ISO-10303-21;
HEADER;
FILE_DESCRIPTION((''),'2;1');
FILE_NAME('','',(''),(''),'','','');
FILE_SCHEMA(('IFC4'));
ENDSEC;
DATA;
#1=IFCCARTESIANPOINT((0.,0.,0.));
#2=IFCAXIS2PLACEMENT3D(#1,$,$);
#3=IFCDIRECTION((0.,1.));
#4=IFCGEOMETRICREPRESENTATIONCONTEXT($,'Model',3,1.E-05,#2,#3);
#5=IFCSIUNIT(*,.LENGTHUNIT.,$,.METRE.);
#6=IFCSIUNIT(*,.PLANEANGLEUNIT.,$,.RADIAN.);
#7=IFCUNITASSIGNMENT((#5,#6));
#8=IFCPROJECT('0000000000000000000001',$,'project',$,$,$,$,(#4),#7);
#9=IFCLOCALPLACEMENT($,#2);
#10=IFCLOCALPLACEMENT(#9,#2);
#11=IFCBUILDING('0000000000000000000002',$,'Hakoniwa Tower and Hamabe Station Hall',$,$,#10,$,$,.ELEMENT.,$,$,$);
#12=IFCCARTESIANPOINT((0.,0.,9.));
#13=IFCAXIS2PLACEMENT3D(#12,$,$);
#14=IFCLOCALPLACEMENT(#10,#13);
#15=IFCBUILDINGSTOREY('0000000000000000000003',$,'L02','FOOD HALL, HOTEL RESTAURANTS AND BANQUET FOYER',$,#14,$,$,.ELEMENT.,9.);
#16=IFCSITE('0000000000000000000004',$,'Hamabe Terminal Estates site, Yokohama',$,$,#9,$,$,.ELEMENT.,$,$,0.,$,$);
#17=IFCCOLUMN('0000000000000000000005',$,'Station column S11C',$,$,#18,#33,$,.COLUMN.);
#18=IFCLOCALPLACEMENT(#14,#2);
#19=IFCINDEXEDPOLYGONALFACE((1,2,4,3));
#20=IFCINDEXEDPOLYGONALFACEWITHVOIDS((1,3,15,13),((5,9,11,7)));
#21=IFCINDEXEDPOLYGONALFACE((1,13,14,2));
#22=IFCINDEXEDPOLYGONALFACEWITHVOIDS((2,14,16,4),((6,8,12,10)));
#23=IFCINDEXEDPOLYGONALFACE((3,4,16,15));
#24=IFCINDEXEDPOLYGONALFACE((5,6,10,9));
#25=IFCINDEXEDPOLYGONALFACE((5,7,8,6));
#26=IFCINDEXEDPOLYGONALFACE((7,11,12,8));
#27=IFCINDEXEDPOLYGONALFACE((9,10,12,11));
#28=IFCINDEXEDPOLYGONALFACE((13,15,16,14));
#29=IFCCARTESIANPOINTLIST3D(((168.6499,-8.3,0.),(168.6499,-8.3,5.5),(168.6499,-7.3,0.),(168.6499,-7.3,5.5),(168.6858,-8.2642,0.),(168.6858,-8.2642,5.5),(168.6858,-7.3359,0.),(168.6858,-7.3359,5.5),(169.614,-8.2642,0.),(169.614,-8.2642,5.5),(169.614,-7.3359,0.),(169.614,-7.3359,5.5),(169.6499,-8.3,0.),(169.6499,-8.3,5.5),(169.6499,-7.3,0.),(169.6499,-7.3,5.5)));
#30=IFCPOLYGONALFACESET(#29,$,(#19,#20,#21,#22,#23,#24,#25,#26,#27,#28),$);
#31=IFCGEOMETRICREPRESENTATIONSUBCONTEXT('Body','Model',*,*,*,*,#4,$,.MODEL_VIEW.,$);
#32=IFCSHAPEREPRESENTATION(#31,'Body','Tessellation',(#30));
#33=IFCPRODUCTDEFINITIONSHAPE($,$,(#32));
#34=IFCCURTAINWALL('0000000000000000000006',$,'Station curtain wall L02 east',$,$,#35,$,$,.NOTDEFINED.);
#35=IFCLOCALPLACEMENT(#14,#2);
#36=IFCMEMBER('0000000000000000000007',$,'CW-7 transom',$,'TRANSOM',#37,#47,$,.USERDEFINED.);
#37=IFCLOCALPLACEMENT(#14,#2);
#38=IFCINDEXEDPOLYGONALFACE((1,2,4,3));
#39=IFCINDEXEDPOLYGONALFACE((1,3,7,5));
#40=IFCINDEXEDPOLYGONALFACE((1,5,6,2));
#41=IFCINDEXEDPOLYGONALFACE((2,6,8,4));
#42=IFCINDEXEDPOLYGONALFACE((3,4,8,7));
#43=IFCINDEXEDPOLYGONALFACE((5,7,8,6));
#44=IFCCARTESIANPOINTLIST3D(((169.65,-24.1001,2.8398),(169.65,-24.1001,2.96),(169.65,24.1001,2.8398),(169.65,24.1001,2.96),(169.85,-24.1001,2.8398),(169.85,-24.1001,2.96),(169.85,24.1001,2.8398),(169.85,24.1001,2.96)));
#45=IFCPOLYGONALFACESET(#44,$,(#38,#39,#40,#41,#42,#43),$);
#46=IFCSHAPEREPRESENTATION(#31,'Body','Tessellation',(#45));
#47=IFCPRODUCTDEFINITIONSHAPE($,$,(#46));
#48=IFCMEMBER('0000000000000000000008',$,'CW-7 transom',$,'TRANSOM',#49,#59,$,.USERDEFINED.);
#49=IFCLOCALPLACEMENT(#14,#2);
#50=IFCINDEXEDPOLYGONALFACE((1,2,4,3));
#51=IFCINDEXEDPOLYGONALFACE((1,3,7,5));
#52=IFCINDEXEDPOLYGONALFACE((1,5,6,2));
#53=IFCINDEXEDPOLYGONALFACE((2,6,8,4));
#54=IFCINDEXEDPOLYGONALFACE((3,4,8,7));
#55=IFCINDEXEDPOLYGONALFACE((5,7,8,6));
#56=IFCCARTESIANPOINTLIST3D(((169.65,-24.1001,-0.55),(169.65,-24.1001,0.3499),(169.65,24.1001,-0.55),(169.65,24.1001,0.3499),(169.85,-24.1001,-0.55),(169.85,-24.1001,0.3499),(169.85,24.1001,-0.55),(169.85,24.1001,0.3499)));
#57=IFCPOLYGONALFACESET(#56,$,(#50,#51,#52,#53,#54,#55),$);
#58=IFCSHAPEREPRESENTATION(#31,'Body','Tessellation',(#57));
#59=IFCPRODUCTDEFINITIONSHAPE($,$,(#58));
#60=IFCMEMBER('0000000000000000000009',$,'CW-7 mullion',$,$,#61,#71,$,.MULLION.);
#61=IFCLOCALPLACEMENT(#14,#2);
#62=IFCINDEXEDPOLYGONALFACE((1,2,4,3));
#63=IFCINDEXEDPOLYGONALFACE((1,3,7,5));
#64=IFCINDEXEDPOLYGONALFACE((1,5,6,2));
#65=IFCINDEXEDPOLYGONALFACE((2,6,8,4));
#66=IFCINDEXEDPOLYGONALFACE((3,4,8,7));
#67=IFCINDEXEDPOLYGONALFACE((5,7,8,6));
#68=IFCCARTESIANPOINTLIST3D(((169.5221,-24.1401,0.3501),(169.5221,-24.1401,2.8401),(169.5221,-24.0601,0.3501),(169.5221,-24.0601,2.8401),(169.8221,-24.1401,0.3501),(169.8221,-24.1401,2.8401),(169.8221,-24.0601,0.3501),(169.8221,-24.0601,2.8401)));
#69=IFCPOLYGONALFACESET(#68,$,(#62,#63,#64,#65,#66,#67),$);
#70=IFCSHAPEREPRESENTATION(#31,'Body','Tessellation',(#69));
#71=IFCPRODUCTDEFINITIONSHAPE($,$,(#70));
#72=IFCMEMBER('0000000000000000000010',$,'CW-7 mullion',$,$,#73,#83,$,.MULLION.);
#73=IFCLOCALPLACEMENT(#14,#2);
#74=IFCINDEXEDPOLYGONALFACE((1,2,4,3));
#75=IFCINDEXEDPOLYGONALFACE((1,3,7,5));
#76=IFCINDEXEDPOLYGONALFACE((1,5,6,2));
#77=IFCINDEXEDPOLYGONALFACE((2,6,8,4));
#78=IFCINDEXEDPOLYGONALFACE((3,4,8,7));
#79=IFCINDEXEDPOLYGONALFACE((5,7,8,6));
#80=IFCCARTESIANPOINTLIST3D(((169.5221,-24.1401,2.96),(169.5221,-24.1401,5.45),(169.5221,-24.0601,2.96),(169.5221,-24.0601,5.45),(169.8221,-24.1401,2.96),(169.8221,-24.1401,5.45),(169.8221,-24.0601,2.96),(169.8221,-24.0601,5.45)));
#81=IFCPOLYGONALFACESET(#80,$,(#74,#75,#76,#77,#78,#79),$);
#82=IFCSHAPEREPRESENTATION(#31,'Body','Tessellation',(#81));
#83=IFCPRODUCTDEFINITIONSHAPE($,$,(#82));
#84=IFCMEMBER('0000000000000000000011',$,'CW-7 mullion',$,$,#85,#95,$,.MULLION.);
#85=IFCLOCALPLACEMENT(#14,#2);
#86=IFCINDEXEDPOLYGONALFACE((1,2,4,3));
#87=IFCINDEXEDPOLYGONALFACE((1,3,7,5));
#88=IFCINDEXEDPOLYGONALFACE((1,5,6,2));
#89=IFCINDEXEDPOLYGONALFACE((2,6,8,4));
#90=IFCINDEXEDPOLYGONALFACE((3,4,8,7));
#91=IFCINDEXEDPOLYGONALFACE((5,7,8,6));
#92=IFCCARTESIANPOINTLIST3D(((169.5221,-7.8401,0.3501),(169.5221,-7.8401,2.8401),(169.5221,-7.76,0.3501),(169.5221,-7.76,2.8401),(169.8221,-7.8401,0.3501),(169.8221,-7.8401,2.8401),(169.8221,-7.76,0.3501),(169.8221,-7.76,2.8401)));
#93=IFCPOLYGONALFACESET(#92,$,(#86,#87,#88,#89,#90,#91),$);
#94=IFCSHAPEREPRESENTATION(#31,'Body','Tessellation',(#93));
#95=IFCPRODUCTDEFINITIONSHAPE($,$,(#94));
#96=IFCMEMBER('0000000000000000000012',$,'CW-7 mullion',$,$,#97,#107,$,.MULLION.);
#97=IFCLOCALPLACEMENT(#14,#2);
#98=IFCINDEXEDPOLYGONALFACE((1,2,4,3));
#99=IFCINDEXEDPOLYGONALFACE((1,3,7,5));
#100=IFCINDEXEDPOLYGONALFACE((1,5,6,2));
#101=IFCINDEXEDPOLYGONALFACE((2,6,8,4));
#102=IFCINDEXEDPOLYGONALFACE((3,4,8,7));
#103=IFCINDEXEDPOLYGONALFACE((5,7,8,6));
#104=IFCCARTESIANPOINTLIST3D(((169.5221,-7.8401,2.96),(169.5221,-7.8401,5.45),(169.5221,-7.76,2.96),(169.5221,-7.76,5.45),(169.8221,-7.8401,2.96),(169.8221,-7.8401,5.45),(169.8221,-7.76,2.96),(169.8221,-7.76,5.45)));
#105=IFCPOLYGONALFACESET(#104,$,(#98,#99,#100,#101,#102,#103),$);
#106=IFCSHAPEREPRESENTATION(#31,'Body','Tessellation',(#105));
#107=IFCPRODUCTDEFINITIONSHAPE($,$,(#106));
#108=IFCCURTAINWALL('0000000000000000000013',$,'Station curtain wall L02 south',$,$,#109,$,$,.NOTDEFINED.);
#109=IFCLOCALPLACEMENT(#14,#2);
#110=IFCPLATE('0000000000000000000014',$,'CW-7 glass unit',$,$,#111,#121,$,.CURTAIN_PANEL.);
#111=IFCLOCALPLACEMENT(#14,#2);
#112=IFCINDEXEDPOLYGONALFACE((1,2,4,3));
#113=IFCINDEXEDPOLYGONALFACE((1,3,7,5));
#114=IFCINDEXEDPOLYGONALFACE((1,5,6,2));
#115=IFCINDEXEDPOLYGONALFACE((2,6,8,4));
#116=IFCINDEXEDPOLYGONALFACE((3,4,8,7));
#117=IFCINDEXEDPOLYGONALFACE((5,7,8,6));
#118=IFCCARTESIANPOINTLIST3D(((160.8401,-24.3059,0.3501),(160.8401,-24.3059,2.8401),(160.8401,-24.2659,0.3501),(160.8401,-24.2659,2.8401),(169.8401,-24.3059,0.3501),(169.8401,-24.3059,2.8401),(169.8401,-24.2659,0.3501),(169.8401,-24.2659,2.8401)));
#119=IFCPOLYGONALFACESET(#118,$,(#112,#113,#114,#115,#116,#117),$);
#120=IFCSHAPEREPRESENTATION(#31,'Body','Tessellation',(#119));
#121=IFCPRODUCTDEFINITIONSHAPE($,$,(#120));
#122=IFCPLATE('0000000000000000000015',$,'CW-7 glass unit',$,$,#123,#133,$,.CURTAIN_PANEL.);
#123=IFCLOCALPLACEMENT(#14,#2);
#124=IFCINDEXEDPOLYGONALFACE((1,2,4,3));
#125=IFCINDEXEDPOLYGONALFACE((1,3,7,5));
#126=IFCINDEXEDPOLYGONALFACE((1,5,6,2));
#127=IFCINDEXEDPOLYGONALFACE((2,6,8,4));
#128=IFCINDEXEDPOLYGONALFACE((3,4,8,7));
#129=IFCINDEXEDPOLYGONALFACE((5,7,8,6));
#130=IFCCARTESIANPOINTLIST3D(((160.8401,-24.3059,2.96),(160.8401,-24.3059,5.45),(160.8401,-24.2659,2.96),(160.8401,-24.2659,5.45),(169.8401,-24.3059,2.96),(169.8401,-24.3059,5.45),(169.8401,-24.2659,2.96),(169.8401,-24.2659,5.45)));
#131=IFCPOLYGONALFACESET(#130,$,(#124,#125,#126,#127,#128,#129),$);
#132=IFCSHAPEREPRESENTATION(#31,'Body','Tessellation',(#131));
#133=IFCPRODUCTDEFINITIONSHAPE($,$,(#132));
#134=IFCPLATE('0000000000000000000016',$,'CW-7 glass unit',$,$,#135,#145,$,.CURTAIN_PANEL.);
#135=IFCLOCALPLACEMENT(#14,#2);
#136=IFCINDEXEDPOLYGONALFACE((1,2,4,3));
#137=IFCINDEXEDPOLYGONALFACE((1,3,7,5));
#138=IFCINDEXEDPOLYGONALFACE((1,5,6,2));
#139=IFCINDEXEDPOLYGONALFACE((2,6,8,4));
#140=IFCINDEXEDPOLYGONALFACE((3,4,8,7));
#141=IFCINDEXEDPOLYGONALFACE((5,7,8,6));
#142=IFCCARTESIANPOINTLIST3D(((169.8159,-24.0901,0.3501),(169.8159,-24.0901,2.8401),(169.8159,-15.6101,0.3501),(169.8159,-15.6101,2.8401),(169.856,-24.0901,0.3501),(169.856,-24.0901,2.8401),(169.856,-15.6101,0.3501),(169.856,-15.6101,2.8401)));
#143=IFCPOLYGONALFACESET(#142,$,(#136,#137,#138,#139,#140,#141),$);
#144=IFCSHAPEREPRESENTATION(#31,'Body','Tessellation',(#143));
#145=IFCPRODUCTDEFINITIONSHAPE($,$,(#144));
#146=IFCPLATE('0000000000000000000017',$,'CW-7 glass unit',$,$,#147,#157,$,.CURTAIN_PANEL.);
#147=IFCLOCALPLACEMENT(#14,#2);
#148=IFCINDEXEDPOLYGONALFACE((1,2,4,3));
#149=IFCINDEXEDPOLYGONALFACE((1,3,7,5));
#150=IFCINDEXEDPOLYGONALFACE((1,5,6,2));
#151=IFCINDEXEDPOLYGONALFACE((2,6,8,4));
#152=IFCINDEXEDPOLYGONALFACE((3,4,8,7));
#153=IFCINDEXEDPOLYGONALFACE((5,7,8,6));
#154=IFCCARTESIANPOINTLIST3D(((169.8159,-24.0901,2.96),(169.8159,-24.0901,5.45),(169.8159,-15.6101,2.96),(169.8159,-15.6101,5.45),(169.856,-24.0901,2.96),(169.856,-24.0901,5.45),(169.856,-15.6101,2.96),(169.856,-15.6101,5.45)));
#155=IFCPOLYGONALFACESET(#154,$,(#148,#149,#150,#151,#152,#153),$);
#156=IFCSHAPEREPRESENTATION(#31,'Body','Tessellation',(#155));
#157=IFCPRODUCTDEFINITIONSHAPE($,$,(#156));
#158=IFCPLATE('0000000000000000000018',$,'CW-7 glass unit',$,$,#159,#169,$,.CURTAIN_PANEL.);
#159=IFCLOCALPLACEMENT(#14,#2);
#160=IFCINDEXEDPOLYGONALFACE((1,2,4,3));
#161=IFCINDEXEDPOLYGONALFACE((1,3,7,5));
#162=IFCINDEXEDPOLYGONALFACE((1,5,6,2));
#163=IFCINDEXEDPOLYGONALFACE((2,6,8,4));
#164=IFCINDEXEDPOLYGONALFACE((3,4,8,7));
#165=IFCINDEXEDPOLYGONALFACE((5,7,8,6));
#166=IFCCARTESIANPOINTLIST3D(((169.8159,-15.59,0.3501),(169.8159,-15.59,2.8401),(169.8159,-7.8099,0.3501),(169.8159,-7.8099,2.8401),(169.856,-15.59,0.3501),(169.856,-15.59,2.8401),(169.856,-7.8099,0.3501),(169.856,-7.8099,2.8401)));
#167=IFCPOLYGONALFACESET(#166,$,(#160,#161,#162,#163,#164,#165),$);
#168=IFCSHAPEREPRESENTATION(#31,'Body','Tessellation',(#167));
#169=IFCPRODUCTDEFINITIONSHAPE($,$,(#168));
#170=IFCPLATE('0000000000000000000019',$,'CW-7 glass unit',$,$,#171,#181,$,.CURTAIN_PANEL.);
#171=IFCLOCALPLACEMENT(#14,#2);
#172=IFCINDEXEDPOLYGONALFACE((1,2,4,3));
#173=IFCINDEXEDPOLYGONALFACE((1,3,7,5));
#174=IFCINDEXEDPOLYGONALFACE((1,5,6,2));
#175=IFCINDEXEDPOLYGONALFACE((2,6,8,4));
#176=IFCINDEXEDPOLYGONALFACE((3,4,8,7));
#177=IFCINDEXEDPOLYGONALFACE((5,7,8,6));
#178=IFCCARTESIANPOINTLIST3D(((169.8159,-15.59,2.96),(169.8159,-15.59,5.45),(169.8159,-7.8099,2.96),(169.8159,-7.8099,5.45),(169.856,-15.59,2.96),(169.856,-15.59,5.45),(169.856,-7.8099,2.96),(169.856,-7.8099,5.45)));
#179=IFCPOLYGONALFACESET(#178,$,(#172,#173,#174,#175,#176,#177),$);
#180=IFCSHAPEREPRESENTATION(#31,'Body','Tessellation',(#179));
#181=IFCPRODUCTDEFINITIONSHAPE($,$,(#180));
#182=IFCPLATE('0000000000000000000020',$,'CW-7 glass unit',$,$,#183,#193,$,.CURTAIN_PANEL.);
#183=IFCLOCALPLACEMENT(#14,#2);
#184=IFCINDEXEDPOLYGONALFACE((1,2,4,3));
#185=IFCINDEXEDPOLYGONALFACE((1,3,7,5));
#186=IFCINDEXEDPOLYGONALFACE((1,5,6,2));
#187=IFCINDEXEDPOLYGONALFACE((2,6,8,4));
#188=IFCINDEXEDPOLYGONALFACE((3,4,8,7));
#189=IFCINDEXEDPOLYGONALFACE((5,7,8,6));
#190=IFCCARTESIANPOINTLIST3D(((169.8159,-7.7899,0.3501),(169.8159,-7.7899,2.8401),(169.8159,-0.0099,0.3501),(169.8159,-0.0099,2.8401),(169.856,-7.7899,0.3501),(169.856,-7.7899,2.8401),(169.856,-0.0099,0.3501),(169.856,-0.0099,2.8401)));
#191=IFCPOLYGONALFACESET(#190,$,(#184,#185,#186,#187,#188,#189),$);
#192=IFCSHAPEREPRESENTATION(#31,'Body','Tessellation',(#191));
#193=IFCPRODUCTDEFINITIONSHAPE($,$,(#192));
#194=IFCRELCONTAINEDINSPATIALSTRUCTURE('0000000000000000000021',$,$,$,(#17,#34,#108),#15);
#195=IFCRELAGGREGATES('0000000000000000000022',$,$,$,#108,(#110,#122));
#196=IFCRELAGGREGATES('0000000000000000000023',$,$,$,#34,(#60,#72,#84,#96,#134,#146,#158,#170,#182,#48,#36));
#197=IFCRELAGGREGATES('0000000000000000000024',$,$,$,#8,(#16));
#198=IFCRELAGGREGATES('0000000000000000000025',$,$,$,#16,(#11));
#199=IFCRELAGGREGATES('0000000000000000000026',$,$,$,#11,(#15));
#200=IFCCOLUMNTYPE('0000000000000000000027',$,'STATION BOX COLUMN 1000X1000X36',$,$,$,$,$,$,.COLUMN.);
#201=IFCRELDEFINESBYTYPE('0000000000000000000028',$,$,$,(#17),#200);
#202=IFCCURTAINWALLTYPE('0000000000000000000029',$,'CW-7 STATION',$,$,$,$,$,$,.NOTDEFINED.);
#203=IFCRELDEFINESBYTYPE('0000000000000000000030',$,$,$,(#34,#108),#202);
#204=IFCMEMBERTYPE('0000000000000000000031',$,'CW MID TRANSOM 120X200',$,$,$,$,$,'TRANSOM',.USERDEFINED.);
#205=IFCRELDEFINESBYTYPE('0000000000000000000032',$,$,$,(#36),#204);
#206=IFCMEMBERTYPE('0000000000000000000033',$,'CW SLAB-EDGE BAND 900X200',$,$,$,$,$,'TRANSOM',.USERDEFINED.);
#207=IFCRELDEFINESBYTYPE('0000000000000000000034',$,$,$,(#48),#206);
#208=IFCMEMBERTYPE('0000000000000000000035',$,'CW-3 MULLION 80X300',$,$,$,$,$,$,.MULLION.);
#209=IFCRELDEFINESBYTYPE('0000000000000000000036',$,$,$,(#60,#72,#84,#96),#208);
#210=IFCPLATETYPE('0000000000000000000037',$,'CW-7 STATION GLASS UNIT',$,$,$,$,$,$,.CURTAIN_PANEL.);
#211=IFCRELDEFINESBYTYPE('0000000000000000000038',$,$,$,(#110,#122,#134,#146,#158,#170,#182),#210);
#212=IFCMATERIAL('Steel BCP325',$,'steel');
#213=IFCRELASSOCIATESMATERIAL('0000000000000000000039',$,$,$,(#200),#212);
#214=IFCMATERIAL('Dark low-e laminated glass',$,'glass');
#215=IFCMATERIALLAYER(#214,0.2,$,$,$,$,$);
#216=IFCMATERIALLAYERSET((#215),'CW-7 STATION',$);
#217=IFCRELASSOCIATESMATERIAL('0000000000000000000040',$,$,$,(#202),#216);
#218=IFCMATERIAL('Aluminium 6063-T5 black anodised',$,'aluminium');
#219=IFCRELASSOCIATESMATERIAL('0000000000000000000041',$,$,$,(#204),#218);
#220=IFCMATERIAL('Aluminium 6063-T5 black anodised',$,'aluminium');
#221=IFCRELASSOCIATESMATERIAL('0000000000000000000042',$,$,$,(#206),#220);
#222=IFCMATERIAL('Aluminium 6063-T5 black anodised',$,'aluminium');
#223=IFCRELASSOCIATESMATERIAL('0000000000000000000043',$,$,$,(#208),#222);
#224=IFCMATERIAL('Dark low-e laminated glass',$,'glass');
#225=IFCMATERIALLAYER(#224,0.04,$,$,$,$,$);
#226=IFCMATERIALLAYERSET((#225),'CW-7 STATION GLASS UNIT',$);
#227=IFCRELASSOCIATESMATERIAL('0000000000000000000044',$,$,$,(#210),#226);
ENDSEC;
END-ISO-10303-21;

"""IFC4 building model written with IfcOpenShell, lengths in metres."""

from ifc_helpers import new_model, si_unit, direction, frame, origin, origin_2d, place, context, subcontext, project, spatial, rectangle, hollow_rectangle, extrude, material, layer, layer_set, material_profile, profile_set, type_object, element, aggregate, save


model = new_model("IFC4")

# Units and contexts
model_context = context("Model", 3, precision=1e-05, world=origin(), true_north=direction((0.0, 1.0)))
body_context = subcontext(model_context, "Body", "Model", "MODEL_VIEW")
ifc_project = project(units=[si_unit("LENGTHUNIT", "METRE"), si_unit("PLANEANGLEUNIT", "RADIAN")], contexts=[model_context])

# Site, building, storey
site_placement = place(None, origin())
site = spatial("IfcSite", under=ifc_project, at=site_placement, Name="Hamabe Terminal Estates site, Yokohama", CompositionType="ELEMENT", RefElevation=0.0)
building_placement = place(site_placement, origin())
building = spatial("IfcBuilding", under=site, at=building_placement, Name="Hakoniwa Tower and Hamabe Station Hall", CompositionType="ELEMENT")
storey_placement = place(building_placement, frame((0.0, 0.0, 9.0)))
storey = spatial("IfcBuildingStorey", under=building, at=storey_placement, Name="L02", Description="FOOD HALL, HOTEL RESTAURANTS AND BANQUET FOYER", CompositionType="ELEMENT", Elevation=9.0)

# Column
ifc_material_1 = material(Name="Steel BCP325", Category="steel")
ifc_material_profile_1 = material_profile(ifc_material_1, hollow_rectangle(XDim=1.0, YDim=1.0, WallThickness=0.0359, at=origin_2d()), Name="STATION BOX COLUMN 1000X1000X36")
ifc_profile_set_1 = profile_set([ifc_material_profile_1], Name="Steel BCP325")
column_type = type_object("IfcColumnType", Name="STATION BOX COLUMN 1000X1000X36", PredefinedType="COLUMN", material=ifc_profile_set_1)
column_placement = place(storey_placement, frame((169.1499, -7.8, 0.0), z_axis=(0.0, 0.0, 1.0), x_axis=(1.0, 0.0, 0.0)))
element("IfcColumn", 1, at=column_placement, inside=storey, type_object=column_type, Name="Station column S11C", PredefinedType="COLUMN", context=body_context, shape_type="SweptSolid", body=[
    extrude(hollow_rectangle(XDim=1.0, YDim=1.0, WallThickness=0.0359, at=origin_2d()), origin(), (0.0, 0.0, 1.0), 5.5),
])

# Curtain wall, members
ifc_material_2 = material(Name="Dark low-e laminated glass", Category="glass")
ifc_layer_1 = layer(ifc_material_2, 0.2)
ifc_layer_set_1 = layer_set([ifc_layer_1], Name="CW-7 STATION")
curtain_wall_type = type_object("IfcCurtainWallType", Name="CW-7 STATION", PredefinedType="NOTDEFINED", material=ifc_layer_set_1)
curtain_wall_1_placement = place(storey_placement, origin())
curtain_wall_1 = element("IfcCurtainWall", 2, at=curtain_wall_1_placement, inside=storey, type_object=curtain_wall_type, Name="Station curtain wall L02 east", PredefinedType="NOTDEFINED")
ifc_material_3 = material(Name="Aluminium 6063-T5 black anodised", Category="aluminium")
ifc_material_profile_2 = material_profile(ifc_material_3, rectangle(XDim=0.2, YDim=0.1201, at=origin_2d()), Name="CW MID TRANSOM 120X200")
ifc_profile_set_2 = profile_set([ifc_material_profile_2], Name="Aluminium 6063-T5 black anodised")
member_type_1 = type_object("IfcMemberType", Name="CW MID TRANSOM 120X200", ElementType="TRANSOM", PredefinedType="USERDEFINED", material=ifc_profile_set_2)
member_1_placement = place(storey_placement, frame((169.75, -24.1001, 2.8999), z_axis=(0.0, 1.0, 0.0), x_axis=(-1.0, 0.0, 0.0)))
member_1 = element("IfcMember", 3, at=member_1_placement, type_object=member_type_1, Name="CW-7 transom", ObjectType="TRANSOM", PredefinedType="USERDEFINED", context=body_context, shape_type="SweptSolid", body=[
    extrude(rectangle(XDim=0.2, YDim=0.1201, at=origin_2d()), origin(), (0.0, 0.0, 1.0), 48.2002),
])
ifc_material_4 = material(Name="Aluminium 6063-T5 black anodised", Category="aluminium")
ifc_material_profile_3 = material_profile(ifc_material_4, rectangle(XDim=0.2, YDim=0.8999, at=origin_2d()), Name="CW SLAB-EDGE BAND 900X200")
ifc_profile_set_3 = profile_set([ifc_material_profile_3], Name="Aluminium 6063-T5 black anodised")
member_type_2 = type_object("IfcMemberType", Name="CW SLAB-EDGE BAND 900X200", ElementType="TRANSOM", PredefinedType="USERDEFINED", material=ifc_profile_set_3)
member_2_placement = place(storey_placement, frame((169.75, -24.1001, -0.1001), z_axis=(0.0, 1.0, 0.0), x_axis=(-1.0, 0.0, 0.0)))
member_2 = element("IfcMember", 4, at=member_2_placement, type_object=member_type_2, Name="CW-7 transom", ObjectType="TRANSOM", PredefinedType="USERDEFINED", context=body_context, shape_type="SweptSolid", body=[
    extrude(rectangle(XDim=0.2, YDim=0.8999, at=origin_2d()), origin(), (0.0, 0.0, 1.0), 48.2002),
])
ifc_material_5 = material(Name="Aluminium 6063-T5 black anodised", Category="aluminium")
ifc_material_profile_4 = material_profile(ifc_material_5, rectangle(XDim=0.0801, YDim=0.3, at=origin_2d()), Name="CW-3 MULLION 80X300")
ifc_profile_set_4 = profile_set([ifc_material_profile_4], Name="Aluminium 6063-T5 black anodised")
member_type_3 = type_object("IfcMemberType", Name="CW-3 MULLION 80X300", PredefinedType="MULLION", material=ifc_profile_set_4)
member_3_placement = place(storey_placement, frame((169.6721, -24.1001, 0.3501), z_axis=(0.0, 0.0, 1.0), x_axis=(0.0, 1.0, 0.0)))
member_3 = element("IfcMember", 5, at=member_3_placement, type_object=member_type_3, Name="CW-7 mullion", PredefinedType="MULLION", context=body_context, shape_type="SweptSolid", body=[
    extrude(rectangle(XDim=0.0801, YDim=0.3, at=origin_2d()), origin(), (0.0, 0.0, 1.0), 2.49),
])
member_4_placement = place(storey_placement, frame((169.6721, -24.1001, 2.96), z_axis=(0.0, 0.0, 1.0), x_axis=(0.0, 1.0, 0.0)))
member_4 = element("IfcMember", 6, at=member_4_placement, type_object=member_type_3, Name="CW-7 mullion", PredefinedType="MULLION", context=body_context, shape_type="SweptSolid", body=[
    extrude(rectangle(XDim=0.0801, YDim=0.3, at=origin_2d()), origin(), (0.0, 0.0, 1.0), 2.49),
])
member_5_placement = place(storey_placement, frame((169.6721, -7.8, 0.3501), z_axis=(0.0, 0.0, 1.0), x_axis=(0.0, 1.0, 0.0)))
member_5 = element("IfcMember", 7, at=member_5_placement, type_object=member_type_3, Name="CW-7 mullion", PredefinedType="MULLION", context=body_context, shape_type="SweptSolid", body=[
    extrude(rectangle(XDim=0.0801, YDim=0.3, at=origin_2d()), origin(), (0.0, 0.0, 1.0), 2.49),
])
member_6_placement = place(storey_placement, frame((169.6721, -7.8, 2.96), z_axis=(0.0, 0.0, 1.0), x_axis=(0.0, 1.0, 0.0)))
member_6 = element("IfcMember", 8, at=member_6_placement, type_object=member_type_3, Name="CW-7 mullion", PredefinedType="MULLION", context=body_context, shape_type="SweptSolid", body=[
    extrude(rectangle(XDim=0.0801, YDim=0.3, at=origin_2d()), origin(), (0.0, 0.0, 1.0), 2.49),
])

# Curtain wall, plates
curtain_wall_2_placement = place(storey_placement, origin())
curtain_wall_2 = element("IfcCurtainWall", 9, at=curtain_wall_2_placement, inside=storey, type_object=curtain_wall_type, Name="Station curtain wall L02 south", PredefinedType="NOTDEFINED")
ifc_material_6 = material(Name="Dark low-e laminated glass", Category="glass")
ifc_layer_2 = layer(ifc_material_6, 0.04)
ifc_layer_set_2 = layer_set([ifc_layer_2], Name="CW-7 STATION GLASS UNIT")
plate_type = type_object("IfcPlateType", Name="CW-7 STATION GLASS UNIT", PredefinedType="CURTAIN_PANEL", material=ifc_layer_set_2)
plate_1_placement = place(storey_placement, frame((165.3401, -24.2859, 0.3501), z_axis=(0.0, 0.0, 1.0), x_axis=(1.0, 0.0, 0.0)))
plate_1 = element("IfcPlate", 10, at=plate_1_placement, type_object=plate_type, Name="CW-7 glass unit", PredefinedType="CURTAIN_PANEL", context=body_context, shape_type="SweptSolid", body=[
    extrude(rectangle(XDim=9.0, YDim=0.04, at=origin_2d()), origin(), (0.0, 0.0, 1.0), 2.49),
])
plate_2_placement = place(storey_placement, frame((165.3401, -24.2859, 2.96), z_axis=(0.0, 0.0, 1.0), x_axis=(1.0, 0.0, 0.0)))
plate_2 = element("IfcPlate", 11, at=plate_2_placement, type_object=plate_type, Name="CW-7 glass unit", PredefinedType="CURTAIN_PANEL", context=body_context, shape_type="SweptSolid", body=[
    extrude(rectangle(XDim=9.0, YDim=0.04, at=origin_2d()), origin(), (0.0, 0.0, 1.0), 2.49),
])
aggregate(curtain_wall_2, [plate_1, plate_2])

# Plates
plate_3_placement = place(storey_placement, frame((169.8359, -19.8501, 0.3501), z_axis=(0.0, 0.0, 1.0), x_axis=(0.0, 1.0, 0.0)))
plate_3 = element("IfcPlate", 12, at=plate_3_placement, type_object=plate_type, Name="CW-7 glass unit", PredefinedType="CURTAIN_PANEL", context=body_context, shape_type="SweptSolid", body=[
    extrude(rectangle(XDim=8.48, YDim=0.04, at=origin_2d()), origin(), (0.0, 0.0, 1.0), 2.49),
])
plate_4_placement = place(storey_placement, frame((169.8359, -19.8501, 2.96), z_axis=(0.0, 0.0, 1.0), x_axis=(0.0, 1.0, 0.0)))
plate_4 = element("IfcPlate", 13, at=plate_4_placement, type_object=plate_type, Name="CW-7 glass unit", PredefinedType="CURTAIN_PANEL", context=body_context, shape_type="SweptSolid", body=[
    extrude(rectangle(XDim=8.48, YDim=0.04, at=origin_2d()), origin(), (0.0, 0.0, 1.0), 2.49),
])
plate_5_placement = place(storey_placement, frame((169.8359, -11.7, 0.3501), z_axis=(0.0, 0.0, 1.0), x_axis=(0.0, 1.0, 0.0)))
plate_5 = element("IfcPlate", 14, at=plate_5_placement, type_object=plate_type, Name="CW-7 glass unit", PredefinedType="CURTAIN_PANEL", context=body_context, shape_type="SweptSolid", body=[
    extrude(rectangle(XDim=7.78, YDim=0.04, at=origin_2d()), origin(), (0.0, 0.0, 1.0), 2.49),
])
plate_6_placement = place(storey_placement, frame((169.8359, -11.7, 2.96), z_axis=(0.0, 0.0, 1.0), x_axis=(0.0, 1.0, 0.0)))
plate_6 = element("IfcPlate", 15, at=plate_6_placement, type_object=plate_type, Name="CW-7 glass unit", PredefinedType="CURTAIN_PANEL", context=body_context, shape_type="SweptSolid", body=[
    extrude(rectangle(XDim=7.78, YDim=0.04, at=origin_2d()), origin(), (0.0, 0.0, 1.0), 2.49),
])
plate_7_placement = place(storey_placement, frame((169.8359, -3.8999, 0.3501), z_axis=(0.0, 0.0, 1.0), x_axis=(0.0, 1.0, 0.0)))
plate_7 = element("IfcPlate", 16, at=plate_7_placement, type_object=plate_type, Name="CW-7 glass unit", PredefinedType="CURTAIN_PANEL", context=body_context, shape_type="SweptSolid", body=[
    extrude(rectangle(XDim=7.78, YDim=0.04, at=origin_2d()), origin(), (0.0, 0.0, 1.0), 2.49),
])
aggregate(curtain_wall_1, [member_3, member_4, member_5, member_6, plate_3, plate_4, plate_5, plate_6, plate_7, member_2, member_1])

save(model, "model.ifc")
